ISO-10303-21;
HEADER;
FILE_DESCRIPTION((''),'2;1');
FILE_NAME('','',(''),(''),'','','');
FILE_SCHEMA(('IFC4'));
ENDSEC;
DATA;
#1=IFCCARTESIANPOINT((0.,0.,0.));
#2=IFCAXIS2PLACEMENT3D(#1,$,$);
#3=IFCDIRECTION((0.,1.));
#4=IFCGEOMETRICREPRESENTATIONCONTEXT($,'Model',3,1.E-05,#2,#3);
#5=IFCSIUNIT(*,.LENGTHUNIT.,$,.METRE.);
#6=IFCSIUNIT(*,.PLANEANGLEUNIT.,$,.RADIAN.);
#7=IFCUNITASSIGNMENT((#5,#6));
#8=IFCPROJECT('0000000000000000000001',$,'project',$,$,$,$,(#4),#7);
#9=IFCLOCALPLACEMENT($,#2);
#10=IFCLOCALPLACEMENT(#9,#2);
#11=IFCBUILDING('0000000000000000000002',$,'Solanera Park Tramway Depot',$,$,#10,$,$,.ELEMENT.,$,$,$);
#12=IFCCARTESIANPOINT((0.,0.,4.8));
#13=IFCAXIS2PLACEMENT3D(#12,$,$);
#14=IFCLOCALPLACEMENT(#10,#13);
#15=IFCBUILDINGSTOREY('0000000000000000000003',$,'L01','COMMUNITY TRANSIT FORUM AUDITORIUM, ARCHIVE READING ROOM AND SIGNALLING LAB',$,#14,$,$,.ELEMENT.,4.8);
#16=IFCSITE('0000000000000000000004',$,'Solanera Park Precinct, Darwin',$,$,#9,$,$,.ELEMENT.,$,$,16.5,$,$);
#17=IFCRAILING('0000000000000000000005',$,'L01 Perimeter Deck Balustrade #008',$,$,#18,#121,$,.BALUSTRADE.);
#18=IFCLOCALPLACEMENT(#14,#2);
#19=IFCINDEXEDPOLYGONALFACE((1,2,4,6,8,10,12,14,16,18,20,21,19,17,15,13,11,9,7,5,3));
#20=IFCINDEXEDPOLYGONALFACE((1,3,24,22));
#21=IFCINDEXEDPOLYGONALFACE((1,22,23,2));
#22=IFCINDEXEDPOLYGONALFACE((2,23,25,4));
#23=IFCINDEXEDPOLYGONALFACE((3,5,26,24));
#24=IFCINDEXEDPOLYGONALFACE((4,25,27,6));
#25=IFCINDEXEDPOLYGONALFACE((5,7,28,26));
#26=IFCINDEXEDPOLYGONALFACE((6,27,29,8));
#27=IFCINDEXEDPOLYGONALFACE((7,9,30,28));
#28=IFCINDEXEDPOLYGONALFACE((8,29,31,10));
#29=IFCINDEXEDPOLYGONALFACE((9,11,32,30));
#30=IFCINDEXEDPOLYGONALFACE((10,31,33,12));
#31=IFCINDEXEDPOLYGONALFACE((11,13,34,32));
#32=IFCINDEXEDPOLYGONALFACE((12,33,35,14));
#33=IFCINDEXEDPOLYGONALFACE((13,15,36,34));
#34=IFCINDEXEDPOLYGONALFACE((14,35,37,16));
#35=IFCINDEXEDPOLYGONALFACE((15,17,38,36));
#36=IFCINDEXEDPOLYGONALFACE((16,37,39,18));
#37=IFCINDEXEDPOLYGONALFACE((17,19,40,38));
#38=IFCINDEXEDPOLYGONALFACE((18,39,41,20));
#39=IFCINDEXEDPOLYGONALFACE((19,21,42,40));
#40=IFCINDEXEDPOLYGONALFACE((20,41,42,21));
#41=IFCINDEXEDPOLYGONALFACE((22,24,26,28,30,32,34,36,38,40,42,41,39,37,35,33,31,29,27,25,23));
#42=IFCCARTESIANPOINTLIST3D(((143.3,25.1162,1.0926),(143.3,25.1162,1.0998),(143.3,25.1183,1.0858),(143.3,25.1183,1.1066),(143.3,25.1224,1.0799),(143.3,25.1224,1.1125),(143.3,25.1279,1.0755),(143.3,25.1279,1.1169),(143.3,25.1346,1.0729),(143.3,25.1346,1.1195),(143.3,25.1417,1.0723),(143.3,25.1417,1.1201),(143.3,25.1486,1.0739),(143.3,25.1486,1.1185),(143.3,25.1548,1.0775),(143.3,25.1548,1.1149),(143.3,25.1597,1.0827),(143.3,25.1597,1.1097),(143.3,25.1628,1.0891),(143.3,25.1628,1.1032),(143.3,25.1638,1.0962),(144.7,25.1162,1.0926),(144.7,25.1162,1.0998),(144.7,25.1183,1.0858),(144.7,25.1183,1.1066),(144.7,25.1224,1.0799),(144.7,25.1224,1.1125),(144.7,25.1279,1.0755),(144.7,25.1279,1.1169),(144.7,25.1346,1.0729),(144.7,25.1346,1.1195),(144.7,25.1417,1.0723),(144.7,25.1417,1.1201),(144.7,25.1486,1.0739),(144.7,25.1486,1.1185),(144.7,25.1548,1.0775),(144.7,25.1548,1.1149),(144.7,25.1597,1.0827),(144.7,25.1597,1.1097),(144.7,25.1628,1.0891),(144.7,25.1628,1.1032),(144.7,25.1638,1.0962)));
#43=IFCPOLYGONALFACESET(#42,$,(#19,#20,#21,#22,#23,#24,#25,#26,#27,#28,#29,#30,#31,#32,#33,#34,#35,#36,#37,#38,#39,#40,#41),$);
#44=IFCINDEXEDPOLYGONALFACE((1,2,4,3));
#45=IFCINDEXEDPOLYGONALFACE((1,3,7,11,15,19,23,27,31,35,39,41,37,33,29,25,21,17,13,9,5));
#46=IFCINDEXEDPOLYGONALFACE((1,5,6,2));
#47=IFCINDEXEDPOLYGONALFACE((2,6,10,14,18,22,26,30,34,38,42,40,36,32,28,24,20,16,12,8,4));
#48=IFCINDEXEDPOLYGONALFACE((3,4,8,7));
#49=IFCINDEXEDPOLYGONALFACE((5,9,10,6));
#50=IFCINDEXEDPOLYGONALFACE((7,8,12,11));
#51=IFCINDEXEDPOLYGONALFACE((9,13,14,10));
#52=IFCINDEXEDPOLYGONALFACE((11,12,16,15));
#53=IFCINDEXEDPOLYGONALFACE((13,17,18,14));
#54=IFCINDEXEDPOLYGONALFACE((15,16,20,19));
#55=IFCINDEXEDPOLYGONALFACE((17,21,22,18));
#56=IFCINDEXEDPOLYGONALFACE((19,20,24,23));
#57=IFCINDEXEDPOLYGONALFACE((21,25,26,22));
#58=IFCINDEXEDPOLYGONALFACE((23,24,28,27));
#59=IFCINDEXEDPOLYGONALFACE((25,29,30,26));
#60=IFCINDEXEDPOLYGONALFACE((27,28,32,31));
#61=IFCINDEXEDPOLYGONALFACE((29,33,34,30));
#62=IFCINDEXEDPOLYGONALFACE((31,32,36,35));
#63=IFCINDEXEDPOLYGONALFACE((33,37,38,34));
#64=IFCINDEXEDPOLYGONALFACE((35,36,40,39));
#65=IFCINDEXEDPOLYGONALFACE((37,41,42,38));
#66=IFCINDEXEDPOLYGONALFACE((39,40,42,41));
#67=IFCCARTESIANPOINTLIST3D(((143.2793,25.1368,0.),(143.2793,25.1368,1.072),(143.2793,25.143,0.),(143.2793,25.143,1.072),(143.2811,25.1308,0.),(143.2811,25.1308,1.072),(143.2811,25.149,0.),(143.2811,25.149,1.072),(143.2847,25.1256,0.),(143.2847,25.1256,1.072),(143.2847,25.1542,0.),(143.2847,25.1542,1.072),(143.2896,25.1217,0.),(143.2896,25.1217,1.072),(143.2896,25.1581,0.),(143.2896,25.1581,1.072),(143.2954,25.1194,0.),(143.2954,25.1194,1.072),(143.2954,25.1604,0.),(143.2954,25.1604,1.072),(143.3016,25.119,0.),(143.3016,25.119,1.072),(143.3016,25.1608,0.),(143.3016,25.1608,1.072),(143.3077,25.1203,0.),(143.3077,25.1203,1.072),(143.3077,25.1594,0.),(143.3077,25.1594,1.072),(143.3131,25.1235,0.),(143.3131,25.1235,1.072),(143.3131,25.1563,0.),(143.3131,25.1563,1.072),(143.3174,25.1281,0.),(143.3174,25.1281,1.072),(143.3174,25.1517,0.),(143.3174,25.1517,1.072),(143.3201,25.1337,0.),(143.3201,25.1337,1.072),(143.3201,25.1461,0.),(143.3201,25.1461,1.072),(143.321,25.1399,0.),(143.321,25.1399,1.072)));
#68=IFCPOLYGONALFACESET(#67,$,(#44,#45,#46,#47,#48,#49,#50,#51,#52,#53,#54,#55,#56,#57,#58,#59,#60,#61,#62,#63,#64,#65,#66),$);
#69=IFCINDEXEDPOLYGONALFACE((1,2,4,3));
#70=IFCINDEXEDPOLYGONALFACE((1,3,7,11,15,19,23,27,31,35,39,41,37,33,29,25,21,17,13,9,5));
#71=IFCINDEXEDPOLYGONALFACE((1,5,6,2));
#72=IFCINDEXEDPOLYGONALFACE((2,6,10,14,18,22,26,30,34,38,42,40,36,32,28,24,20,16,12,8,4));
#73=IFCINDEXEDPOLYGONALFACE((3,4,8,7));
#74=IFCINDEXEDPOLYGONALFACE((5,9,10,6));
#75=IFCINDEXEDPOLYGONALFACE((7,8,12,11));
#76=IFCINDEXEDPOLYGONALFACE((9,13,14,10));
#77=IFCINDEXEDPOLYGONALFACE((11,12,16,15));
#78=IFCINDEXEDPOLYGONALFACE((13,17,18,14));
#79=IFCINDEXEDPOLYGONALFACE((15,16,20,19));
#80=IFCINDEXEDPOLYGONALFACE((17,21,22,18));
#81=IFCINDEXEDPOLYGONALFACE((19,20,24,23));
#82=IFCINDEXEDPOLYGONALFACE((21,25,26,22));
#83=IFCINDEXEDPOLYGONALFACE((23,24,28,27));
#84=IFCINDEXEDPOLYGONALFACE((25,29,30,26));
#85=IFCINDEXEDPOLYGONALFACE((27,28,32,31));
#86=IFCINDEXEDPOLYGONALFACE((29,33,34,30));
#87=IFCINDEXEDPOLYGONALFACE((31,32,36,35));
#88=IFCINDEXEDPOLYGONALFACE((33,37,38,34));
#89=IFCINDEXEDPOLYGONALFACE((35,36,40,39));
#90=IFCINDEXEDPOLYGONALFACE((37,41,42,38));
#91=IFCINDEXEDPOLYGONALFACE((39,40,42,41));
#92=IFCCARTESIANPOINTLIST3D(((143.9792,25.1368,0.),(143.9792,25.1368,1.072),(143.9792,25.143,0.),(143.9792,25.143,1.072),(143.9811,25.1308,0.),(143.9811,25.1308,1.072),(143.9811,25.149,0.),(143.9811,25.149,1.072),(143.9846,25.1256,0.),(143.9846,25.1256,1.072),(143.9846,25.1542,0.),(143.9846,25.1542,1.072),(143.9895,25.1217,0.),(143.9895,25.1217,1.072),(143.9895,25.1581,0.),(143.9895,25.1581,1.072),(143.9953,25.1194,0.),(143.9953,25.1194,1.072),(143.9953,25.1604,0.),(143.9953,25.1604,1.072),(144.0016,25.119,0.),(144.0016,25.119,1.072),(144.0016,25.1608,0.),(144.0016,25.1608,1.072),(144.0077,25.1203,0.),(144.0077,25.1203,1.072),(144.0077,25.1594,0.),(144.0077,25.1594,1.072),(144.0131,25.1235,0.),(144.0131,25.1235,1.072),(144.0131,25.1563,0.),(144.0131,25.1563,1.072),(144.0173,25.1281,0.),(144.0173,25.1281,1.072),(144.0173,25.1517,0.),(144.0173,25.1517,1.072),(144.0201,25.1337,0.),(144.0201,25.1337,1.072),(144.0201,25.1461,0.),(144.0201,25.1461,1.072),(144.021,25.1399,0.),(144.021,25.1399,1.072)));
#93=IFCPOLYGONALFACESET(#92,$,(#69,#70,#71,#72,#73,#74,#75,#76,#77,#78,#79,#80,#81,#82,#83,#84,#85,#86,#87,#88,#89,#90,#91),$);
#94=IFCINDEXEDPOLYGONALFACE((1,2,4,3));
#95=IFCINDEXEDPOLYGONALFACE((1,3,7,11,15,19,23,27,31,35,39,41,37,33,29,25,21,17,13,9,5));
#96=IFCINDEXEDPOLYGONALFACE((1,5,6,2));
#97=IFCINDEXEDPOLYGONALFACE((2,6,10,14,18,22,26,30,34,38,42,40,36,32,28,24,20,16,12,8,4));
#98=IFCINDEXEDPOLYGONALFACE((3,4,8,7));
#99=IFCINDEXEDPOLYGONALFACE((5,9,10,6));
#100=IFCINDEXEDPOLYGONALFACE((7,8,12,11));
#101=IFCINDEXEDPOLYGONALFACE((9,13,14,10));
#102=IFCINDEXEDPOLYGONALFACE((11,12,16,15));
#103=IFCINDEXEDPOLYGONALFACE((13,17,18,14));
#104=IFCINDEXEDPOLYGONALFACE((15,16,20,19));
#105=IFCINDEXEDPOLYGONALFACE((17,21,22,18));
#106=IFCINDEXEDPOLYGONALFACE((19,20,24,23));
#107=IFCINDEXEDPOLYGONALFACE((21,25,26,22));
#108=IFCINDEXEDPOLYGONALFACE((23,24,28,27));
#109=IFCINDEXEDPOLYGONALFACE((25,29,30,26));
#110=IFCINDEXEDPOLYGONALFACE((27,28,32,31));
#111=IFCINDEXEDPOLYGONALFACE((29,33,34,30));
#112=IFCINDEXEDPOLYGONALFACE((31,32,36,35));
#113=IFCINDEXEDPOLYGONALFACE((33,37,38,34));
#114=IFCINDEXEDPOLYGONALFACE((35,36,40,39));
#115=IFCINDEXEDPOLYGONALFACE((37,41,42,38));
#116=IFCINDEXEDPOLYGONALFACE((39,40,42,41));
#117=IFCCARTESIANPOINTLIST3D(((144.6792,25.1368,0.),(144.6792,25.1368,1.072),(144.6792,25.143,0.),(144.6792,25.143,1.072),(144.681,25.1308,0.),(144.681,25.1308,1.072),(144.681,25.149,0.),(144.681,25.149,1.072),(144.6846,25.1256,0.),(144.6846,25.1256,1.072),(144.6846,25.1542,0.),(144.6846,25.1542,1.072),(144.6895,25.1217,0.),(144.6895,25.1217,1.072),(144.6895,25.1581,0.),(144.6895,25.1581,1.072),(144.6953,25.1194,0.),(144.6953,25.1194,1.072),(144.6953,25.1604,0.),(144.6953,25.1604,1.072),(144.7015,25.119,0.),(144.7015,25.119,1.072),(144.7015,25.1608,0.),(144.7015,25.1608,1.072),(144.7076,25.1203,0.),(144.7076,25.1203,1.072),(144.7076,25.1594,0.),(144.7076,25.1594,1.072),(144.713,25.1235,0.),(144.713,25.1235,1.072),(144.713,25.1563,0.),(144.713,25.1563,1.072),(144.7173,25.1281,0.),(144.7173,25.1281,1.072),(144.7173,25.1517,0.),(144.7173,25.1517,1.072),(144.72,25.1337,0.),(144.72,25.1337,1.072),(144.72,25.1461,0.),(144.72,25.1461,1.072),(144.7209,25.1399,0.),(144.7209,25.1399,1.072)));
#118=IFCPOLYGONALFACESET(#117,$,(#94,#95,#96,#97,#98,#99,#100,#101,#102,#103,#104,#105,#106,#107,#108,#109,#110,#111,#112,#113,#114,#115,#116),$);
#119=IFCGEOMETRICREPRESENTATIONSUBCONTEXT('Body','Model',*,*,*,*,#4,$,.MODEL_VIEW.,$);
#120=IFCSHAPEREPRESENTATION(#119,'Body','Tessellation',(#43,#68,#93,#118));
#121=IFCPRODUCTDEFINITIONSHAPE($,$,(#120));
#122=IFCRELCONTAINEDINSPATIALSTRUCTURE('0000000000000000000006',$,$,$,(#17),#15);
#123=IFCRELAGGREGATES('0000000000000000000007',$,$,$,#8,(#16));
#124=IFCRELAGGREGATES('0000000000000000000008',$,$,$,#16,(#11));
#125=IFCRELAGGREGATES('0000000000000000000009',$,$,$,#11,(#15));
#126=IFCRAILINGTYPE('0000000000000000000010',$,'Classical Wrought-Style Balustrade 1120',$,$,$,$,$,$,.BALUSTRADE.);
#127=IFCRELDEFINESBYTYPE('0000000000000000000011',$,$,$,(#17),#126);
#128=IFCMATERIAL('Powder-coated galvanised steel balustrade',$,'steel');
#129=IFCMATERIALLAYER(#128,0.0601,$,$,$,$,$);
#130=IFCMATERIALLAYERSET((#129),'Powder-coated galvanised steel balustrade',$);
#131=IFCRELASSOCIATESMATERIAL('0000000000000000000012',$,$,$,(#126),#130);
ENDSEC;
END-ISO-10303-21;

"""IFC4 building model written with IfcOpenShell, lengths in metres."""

from ifc_helpers import new_model, si_unit, direction, frame, origin, origin_2d, place, context, subcontext, project, spatial, circle, extrude, material, layer, layer_set, type_object, element, save


model = new_model("IFC4")

# Units and contexts
model_context = context("Model", 3, precision=1e-05, world=origin(), true_north=direction((0.0, 1.0)))
body_context = subcontext(model_context, "Body", "Model", "MODEL_VIEW")
ifc_project = project(units=[si_unit("LENGTHUNIT", "METRE"), si_unit("PLANEANGLEUNIT", "RADIAN")], contexts=[model_context])

# Site, building, storey
site_placement = place(None, origin())
site = spatial("IfcSite", under=ifc_project, at=site_placement, Name="Solanera Park Precinct, Darwin", CompositionType="ELEMENT", RefElevation=16.5)
building_placement = place(site_placement, origin())
building = spatial("IfcBuilding", under=site, at=building_placement, Name="Solanera Park Tramway Depot", CompositionType="ELEMENT")
storey_placement = place(building_placement, frame((0.0, 0.0, 4.8)))
storey = spatial("IfcBuildingStorey", under=building, at=storey_placement, Name="L01", Description="COMMUNITY TRANSIT FORUM AUDITORIUM, ARCHIVE READING ROOM AND SIGNALLING LAB", CompositionType="ELEMENT", Elevation=4.8)

# Railing
ifc_material_1 = material(Name="Powder-coated galvanised steel balustrade", Category="steel")
ifc_layer_1 = layer(ifc_material_1, 0.0601)
ifc_layer_set_1 = layer_set([ifc_layer_1], Name="Powder-coated galvanised steel balustrade")
railing_type_1 = type_object("IfcRailingType", Name="Classical Wrought-Style Balustrade 1120", PredefinedType="BALUSTRADE", material=ifc_layer_set_1)
for number, where, name in (
    (1, (143.3, 25.1399, 0.0), "L01 Perimeter Deck Balustrade #008"),
):
    element("IfcRailing", number, at=place(storey_placement, frame(where)), inside=storey, type_object=railing_type_1, Name=name, PredefinedType="BALUSTRADE", context=body_context, shape_type="SweptSolid", body=[
        extrude(circle(Radius=0.0239, at=origin_2d()), frame((0.0, 0.0, 1.0962), z_axis=(1.0, 0.0, 0.0), x_axis=(0.0, 1.0, 0.0)), (0.0, 0.0, 1.0), 1.3999),
        extrude(circle(Radius=0.021, at=origin_2d()), origin(), (0.0, 0.0, 1.0), 1.072),
        extrude(circle(Radius=0.021, at=origin_2d()), frame((0.7, 0.0, 0.0)), (0.0, 0.0, 1.0), 1.072),
        extrude(circle(Radius=0.021, at=origin_2d()), frame((1.3999, 0.0, 0.0)), (0.0, 0.0, 1.0), 1.072),
    ])

save(model, "model.ifc")
